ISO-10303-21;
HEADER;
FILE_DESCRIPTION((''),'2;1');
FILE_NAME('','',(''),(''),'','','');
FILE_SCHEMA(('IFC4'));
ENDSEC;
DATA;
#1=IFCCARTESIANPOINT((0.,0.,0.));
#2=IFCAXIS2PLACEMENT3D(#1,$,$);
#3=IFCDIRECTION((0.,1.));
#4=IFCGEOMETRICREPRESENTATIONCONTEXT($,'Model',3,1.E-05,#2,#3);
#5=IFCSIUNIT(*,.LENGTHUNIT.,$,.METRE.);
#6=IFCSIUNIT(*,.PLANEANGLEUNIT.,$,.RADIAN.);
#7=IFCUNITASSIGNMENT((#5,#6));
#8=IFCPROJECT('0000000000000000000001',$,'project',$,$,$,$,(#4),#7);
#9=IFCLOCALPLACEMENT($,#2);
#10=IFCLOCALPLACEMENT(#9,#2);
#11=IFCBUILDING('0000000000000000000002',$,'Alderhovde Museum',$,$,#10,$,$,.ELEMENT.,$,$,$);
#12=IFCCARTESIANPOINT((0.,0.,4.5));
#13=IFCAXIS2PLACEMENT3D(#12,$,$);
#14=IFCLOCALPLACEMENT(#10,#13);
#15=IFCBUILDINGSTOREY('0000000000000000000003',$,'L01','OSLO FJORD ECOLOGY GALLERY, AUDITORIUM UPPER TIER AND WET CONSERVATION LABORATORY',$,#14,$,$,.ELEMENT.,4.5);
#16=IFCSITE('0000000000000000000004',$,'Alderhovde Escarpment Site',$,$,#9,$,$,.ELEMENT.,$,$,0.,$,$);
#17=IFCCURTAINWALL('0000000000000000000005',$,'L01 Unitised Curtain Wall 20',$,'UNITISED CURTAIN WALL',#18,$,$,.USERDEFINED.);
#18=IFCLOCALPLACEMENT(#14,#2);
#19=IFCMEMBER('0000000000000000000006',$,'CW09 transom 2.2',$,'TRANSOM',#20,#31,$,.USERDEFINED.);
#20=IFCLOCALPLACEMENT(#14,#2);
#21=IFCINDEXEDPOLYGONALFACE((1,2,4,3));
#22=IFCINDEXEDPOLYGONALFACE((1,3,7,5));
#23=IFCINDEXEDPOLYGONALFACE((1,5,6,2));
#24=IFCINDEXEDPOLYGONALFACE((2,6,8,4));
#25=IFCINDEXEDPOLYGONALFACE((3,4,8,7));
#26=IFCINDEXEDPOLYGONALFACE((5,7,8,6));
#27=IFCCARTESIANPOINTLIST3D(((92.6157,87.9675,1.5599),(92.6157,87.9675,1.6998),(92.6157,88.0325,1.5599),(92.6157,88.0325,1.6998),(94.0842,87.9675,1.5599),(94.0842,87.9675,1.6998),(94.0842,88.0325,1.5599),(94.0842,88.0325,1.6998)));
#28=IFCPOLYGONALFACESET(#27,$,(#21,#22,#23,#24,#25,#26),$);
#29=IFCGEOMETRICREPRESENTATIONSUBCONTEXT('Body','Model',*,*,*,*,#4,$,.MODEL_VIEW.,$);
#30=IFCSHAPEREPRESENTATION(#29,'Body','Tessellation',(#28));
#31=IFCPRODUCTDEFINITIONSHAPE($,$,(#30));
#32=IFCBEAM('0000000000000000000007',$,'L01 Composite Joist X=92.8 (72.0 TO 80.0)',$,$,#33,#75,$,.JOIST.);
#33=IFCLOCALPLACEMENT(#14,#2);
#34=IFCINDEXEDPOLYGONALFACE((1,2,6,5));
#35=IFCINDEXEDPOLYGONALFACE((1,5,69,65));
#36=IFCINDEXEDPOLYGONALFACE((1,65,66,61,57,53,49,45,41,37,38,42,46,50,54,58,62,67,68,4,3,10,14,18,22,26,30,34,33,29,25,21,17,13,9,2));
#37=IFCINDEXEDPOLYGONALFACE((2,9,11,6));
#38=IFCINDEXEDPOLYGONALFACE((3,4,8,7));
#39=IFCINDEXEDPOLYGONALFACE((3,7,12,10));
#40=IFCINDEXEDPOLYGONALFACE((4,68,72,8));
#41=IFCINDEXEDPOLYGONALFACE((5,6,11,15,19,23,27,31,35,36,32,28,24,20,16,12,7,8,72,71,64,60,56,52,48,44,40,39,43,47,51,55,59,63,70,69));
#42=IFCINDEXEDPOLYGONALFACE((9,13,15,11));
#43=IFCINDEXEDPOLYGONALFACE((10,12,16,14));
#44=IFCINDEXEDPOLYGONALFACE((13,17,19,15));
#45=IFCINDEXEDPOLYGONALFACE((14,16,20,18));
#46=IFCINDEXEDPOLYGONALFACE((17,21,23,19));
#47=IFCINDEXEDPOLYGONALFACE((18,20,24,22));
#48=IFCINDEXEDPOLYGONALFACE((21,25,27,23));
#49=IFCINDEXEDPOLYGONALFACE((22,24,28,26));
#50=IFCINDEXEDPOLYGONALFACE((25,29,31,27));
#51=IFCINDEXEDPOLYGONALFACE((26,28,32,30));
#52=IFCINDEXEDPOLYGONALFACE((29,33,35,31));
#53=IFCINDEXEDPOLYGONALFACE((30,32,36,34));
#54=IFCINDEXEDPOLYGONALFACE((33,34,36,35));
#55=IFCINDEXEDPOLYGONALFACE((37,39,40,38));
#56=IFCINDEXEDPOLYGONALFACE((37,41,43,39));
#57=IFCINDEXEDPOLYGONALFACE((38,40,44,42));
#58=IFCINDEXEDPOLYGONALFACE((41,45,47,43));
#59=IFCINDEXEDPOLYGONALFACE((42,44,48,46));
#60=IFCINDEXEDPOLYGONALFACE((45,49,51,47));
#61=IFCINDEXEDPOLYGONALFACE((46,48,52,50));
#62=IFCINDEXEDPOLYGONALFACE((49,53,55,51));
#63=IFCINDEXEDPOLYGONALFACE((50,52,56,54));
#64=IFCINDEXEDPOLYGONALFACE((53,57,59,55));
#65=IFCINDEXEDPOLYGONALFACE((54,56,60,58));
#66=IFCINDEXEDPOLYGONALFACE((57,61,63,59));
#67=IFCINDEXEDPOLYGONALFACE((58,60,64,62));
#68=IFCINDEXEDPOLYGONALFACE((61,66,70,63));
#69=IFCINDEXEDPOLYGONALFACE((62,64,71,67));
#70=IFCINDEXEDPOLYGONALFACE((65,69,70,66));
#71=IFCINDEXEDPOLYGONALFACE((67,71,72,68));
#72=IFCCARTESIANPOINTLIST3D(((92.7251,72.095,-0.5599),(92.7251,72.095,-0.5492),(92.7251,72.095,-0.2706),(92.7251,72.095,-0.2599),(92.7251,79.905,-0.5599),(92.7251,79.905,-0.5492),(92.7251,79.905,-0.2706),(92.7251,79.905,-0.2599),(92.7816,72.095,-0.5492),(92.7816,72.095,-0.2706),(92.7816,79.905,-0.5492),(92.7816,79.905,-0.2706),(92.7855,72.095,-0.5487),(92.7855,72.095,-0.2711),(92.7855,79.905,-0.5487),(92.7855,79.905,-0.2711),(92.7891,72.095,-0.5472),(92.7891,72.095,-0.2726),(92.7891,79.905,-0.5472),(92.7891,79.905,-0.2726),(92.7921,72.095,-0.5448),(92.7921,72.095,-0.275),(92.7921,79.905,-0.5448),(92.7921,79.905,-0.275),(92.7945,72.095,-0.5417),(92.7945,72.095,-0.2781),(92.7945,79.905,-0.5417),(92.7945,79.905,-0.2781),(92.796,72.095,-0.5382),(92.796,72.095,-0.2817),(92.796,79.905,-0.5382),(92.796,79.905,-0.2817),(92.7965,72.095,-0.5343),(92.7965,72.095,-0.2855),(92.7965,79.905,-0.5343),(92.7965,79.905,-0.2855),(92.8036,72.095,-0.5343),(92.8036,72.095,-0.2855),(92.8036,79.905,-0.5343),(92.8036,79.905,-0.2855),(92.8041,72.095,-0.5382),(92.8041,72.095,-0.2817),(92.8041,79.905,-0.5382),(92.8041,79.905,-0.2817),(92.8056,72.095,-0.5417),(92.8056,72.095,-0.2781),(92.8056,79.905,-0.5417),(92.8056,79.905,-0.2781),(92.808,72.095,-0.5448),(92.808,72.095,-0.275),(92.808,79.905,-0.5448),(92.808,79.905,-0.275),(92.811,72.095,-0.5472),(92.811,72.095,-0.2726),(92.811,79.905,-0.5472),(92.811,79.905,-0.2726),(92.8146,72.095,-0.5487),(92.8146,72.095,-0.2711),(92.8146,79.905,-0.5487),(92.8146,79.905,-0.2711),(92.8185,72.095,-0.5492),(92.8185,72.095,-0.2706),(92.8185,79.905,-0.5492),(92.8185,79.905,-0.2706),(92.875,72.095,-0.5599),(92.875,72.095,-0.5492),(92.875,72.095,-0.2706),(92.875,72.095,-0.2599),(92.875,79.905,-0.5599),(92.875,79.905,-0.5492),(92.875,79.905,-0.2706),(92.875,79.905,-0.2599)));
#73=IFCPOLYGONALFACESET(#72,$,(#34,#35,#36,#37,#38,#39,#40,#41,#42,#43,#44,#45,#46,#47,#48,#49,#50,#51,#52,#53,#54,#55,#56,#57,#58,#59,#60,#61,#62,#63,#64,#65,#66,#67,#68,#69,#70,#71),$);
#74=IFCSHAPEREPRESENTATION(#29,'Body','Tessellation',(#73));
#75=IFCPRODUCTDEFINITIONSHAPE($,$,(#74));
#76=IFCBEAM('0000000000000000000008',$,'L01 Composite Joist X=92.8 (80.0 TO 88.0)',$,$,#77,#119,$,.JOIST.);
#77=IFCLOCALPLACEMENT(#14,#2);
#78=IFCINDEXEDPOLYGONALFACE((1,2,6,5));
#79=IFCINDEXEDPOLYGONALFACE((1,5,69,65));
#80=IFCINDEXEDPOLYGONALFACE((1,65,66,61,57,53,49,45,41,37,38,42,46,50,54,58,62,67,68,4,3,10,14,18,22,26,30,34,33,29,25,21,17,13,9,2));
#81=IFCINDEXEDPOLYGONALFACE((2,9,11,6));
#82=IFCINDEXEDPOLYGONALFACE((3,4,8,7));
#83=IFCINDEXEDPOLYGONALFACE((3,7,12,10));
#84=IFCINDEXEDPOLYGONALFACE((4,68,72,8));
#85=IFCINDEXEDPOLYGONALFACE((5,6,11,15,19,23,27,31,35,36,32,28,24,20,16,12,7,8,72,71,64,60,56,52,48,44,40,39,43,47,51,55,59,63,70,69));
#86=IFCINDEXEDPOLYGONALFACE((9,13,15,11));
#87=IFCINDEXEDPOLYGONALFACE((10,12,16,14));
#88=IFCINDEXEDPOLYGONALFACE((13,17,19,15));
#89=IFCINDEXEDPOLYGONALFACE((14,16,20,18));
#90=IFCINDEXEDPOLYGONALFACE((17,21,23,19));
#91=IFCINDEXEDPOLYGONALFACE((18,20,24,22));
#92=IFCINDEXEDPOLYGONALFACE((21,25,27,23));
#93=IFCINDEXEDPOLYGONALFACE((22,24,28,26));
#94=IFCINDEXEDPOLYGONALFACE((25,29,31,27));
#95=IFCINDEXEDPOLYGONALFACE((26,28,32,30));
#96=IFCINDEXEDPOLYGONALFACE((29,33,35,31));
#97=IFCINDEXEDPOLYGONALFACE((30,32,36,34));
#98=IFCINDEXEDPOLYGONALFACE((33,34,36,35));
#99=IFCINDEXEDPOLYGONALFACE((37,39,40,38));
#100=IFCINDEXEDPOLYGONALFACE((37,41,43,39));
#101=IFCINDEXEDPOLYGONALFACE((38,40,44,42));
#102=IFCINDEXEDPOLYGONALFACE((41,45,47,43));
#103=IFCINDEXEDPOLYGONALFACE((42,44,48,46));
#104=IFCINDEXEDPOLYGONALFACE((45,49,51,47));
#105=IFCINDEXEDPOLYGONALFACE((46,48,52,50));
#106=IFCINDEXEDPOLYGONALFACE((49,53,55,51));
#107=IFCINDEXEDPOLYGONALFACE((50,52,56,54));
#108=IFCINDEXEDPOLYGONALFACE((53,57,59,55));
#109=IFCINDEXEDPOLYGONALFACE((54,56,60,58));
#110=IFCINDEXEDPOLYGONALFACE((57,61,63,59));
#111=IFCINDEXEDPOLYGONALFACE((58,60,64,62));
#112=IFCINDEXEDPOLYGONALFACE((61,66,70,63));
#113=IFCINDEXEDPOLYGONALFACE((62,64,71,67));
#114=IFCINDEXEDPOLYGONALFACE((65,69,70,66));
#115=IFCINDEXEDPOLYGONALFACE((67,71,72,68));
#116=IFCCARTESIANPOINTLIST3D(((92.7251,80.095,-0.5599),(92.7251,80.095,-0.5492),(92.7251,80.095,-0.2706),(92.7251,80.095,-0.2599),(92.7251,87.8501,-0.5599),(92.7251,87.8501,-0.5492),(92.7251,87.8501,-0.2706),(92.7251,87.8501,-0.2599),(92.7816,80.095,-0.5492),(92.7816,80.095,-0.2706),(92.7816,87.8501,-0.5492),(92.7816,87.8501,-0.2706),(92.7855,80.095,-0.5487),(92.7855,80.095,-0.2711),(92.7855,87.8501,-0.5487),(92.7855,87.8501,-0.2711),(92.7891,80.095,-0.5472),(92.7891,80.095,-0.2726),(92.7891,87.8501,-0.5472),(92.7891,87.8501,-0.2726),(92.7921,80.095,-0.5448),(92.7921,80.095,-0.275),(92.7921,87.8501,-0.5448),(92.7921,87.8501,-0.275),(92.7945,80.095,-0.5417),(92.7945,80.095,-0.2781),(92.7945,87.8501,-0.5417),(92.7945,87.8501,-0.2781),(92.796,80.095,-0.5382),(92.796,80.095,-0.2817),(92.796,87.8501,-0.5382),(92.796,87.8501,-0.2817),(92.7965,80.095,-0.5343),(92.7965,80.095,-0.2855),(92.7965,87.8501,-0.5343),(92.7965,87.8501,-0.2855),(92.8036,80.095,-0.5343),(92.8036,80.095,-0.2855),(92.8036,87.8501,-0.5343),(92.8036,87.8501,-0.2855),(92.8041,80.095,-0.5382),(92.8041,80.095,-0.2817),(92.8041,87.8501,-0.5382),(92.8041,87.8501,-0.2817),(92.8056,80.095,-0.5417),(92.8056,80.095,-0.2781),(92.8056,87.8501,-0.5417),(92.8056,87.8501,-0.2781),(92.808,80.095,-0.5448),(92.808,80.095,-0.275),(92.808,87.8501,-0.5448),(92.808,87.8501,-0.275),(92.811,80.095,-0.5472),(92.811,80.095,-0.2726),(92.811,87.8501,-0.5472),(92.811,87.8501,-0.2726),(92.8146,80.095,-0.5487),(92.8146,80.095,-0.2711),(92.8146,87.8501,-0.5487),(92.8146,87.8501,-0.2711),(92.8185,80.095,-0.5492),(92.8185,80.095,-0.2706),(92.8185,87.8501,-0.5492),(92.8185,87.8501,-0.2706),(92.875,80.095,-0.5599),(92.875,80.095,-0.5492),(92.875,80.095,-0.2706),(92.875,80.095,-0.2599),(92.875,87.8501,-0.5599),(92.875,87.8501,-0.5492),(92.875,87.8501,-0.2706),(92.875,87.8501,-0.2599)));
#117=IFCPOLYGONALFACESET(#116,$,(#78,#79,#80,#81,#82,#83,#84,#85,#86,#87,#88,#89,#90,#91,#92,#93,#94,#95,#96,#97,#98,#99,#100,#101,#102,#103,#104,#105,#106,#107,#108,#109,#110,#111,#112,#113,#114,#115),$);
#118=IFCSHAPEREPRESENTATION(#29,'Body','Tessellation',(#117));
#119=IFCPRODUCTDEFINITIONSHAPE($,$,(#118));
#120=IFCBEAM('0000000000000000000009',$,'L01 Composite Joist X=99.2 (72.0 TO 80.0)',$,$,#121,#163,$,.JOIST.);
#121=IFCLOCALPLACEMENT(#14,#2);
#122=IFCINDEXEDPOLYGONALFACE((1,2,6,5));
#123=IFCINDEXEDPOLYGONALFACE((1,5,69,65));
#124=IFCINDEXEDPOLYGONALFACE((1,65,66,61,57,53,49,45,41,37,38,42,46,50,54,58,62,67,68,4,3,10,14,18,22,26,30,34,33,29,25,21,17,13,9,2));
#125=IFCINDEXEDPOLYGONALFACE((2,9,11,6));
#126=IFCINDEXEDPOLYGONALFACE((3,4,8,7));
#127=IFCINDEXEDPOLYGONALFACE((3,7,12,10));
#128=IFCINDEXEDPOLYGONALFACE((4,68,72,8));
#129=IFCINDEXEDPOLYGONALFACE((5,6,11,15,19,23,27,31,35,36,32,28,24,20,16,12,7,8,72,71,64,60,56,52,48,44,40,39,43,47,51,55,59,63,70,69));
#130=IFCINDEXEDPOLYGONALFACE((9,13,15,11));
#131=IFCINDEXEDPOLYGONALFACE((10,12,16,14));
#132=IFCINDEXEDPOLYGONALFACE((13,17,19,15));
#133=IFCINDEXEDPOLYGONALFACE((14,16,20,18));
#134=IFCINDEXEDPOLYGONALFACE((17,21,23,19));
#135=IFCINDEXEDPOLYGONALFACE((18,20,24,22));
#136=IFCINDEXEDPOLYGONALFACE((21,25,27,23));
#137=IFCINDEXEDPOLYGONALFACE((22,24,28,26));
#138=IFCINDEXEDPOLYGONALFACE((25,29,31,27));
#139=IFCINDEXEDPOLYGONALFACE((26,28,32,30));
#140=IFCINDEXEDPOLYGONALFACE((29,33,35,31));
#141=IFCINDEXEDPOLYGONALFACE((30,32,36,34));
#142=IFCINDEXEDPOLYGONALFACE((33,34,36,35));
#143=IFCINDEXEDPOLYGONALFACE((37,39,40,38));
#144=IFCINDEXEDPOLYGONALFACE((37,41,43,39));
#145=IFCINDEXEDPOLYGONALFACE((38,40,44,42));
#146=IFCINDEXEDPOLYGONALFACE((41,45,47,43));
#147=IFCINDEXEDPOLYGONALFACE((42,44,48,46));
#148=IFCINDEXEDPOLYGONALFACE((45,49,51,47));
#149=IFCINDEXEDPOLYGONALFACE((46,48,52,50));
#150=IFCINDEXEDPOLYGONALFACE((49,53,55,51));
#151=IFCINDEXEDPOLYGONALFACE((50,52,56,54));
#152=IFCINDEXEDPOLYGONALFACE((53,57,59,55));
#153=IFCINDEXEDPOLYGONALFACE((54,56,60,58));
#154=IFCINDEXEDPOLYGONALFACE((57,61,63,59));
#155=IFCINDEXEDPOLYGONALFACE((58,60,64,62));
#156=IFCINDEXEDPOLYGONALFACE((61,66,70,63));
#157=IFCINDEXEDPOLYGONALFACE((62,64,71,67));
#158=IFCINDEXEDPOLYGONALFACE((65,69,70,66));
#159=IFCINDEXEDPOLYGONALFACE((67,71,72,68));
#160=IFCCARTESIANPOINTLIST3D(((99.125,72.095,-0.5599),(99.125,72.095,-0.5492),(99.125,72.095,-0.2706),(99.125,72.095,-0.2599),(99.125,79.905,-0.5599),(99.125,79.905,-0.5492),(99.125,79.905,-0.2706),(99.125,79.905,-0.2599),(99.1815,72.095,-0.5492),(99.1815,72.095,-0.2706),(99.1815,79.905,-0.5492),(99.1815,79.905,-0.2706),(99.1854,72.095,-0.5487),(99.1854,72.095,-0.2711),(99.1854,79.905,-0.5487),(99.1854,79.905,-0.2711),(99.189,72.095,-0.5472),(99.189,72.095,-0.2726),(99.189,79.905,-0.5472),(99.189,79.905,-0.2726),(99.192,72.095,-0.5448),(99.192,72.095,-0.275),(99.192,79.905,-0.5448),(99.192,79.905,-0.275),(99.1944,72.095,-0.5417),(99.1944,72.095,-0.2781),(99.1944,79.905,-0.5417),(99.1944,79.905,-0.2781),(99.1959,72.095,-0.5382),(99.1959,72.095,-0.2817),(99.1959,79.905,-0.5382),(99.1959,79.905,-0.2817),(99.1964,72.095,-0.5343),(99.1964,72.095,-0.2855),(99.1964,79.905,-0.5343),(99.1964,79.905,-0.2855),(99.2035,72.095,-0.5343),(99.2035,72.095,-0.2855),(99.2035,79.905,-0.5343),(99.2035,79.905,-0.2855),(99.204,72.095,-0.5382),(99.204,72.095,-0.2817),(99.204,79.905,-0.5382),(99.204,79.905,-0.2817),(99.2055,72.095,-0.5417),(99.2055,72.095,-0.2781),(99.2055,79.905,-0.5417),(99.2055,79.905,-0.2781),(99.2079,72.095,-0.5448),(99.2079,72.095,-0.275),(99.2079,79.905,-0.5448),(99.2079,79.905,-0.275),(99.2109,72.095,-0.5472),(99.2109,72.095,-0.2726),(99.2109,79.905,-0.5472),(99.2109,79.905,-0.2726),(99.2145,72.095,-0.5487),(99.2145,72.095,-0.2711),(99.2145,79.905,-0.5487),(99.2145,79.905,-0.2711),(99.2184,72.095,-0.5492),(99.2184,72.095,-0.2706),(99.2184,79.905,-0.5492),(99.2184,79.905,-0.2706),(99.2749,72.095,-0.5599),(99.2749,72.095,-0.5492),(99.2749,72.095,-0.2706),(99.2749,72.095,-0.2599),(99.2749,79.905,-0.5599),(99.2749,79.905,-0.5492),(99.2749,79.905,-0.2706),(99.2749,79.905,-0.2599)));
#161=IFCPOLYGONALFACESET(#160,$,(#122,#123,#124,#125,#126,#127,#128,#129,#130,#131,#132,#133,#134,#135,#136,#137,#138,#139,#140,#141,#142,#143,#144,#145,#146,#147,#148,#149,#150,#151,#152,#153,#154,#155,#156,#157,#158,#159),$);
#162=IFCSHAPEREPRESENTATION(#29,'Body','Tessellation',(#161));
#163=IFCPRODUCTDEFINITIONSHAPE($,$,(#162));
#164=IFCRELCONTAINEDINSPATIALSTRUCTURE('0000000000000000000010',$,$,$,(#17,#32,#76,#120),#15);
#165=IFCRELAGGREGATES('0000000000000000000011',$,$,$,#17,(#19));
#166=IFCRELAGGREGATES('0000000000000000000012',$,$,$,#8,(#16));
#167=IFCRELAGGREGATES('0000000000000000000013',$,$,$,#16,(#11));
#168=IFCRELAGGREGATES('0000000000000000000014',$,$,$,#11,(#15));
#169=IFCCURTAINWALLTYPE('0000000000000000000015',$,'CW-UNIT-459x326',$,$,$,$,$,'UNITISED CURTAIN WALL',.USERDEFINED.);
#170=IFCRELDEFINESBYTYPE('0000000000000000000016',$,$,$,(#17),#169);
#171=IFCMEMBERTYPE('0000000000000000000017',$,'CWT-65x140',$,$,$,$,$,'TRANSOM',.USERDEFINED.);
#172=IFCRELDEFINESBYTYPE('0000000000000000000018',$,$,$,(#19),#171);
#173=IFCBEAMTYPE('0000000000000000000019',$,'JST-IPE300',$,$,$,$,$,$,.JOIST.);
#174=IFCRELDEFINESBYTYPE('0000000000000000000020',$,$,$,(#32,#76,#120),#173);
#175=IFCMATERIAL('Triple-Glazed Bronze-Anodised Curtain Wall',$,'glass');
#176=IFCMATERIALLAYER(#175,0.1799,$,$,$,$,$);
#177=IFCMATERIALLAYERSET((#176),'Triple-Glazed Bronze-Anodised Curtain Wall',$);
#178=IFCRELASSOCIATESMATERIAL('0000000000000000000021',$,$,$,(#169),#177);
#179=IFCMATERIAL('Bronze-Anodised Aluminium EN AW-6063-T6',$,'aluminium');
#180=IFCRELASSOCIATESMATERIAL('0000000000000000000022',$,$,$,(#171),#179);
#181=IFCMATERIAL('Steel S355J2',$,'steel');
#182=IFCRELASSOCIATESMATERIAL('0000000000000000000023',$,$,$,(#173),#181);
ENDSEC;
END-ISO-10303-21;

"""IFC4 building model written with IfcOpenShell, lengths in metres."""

from ifc_helpers import new_model, si_unit, direction, frame, origin, origin_2d, place, context, subcontext, project, spatial, rectangle, i_section, extrude, material, layer, layer_set, material_profile, profile_set, type_object, element, aggregate, save


model = new_model("IFC4")

# Units and contexts
model_context = context("Model", 3, precision=1e-05, world=origin(), true_north=direction((0.0, 1.0)))
body_context = subcontext(model_context, "Body", "Model", "MODEL_VIEW")
ifc_project = project(units=[si_unit("LENGTHUNIT", "METRE"), si_unit("PLANEANGLEUNIT", "RADIAN")], contexts=[model_context])

# Site, building, storey
site_placement = place(None, origin())
site = spatial("IfcSite", under=ifc_project, at=site_placement, Name="Alderhovde Escarpment Site", CompositionType="ELEMENT", RefElevation=0.0)
building_placement = place(site_placement, origin())
building = spatial("IfcBuilding", under=site, at=building_placement, Name="Alderhovde Museum", CompositionType="ELEMENT")
storey_placement = place(building_placement, frame((0.0, 0.0, 4.5)))
storey = spatial("IfcBuildingStorey", under=building, at=storey_placement, Name="L01", Description="OSLO FJORD ECOLOGY GALLERY, AUDITORIUM UPPER TIER AND WET CONSERVATION LABORATORY", CompositionType="ELEMENT", Elevation=4.5)

# Curtain wall, member
ifc_material_1 = material(Name="Triple-Glazed Bronze-Anodised Curtain Wall", Category="glass")
ifc_layer_1 = layer(ifc_material_1, 0.1799)
ifc_layer_set_1 = layer_set([ifc_layer_1], Name="Triple-Glazed Bronze-Anodised Curtain Wall")
curtain_wall_type = type_object("IfcCurtainWallType", Name="CW-UNIT-459x326", ElementType="UNITISED CURTAIN WALL", PredefinedType="USERDEFINED", material=ifc_layer_set_1)
curtain_wall_placement = place(storey_placement, origin())
curtain_wall = element("IfcCurtainWall", 1, at=curtain_wall_placement, inside=storey, type_object=curtain_wall_type, Name="L01 Unitised Curtain Wall 20", ObjectType="UNITISED CURTAIN WALL", PredefinedType="USERDEFINED")
ifc_material_2 = material(Name="Bronze-Anodised Aluminium EN AW-6063-T6", Category="aluminium")
ifc_material_profile_1 = material_profile(ifc_material_2, rectangle(XDim=0.0649, YDim=0.1399, at=origin_2d()), Name="TRANSOM 65x140")
ifc_profile_set_1 = profile_set([ifc_material_profile_1], Name="Bronze-Anodised Aluminium EN AW-6063-T6")
member_type = type_object("IfcMemberType", Name="CWT-65x140", ElementType="TRANSOM", PredefinedType="USERDEFINED", material=ifc_profile_set_1)
member_placement = place(storey_placement, frame((92.6157, 88.0, 1.6299), z_axis=(1.0, 0.0, 0.0), x_axis=(0.0, 1.0, 0.0)))
member = element("IfcMember", 2, at=member_placement, type_object=member_type, Name="CW09 transom 2.2", ObjectType="TRANSOM", PredefinedType="USERDEFINED", context=body_context, shape_type="SweptSolid", body=[
    extrude(rectangle(XDim=0.0649, YDim=0.1399, at=origin_2d()), origin(), (0.0, 0.0, 1.0), 1.4685),
])
aggregate(curtain_wall, [member])

# Beams
ifc_material_3 = material(Name="Steel S355J2", Category="steel")
ifc_material_profile_2 = material_profile(ifc_material_3, i_section(OverallWidth=0.1499, OverallDepth=0.3, WebThickness=0.0071, FlangeThickness=0.0107, FilletRadius=0.0149, at=origin_2d()), Name="IPE 300")
ifc_profile_set_2 = profile_set([ifc_material_profile_2], Name="Steel S355J2")
beam_type_1 = type_object("IfcBeamType", Name="JST-IPE300", PredefinedType="JOIST", material=ifc_profile_set_2)
beam_1_placement = place(storey_placement, frame((92.8, 72.095, -0.4099), z_axis=(0.0, 1.0, 0.0), x_axis=(-1.0, 0.0, 0.0)))
element("IfcBeam", 3, at=beam_1_placement, inside=storey, type_object=beam_type_1, Name="L01 Composite Joist X=92.8 (72.0 TO 80.0)", PredefinedType="JOIST", context=body_context, shape_type="SweptSolid", body=[
    extrude(i_section(OverallWidth=0.1499, OverallDepth=0.3, WebThickness=0.0071, FlangeThickness=0.0107, FilletRadius=0.0149, at=origin_2d()), origin(), (0.0, 0.0, 1.0), 7.8101),
])
beam_2_placement = place(storey_placement, frame((92.8, 80.095, -0.4099), z_axis=(0.0, 1.0, 0.0), x_axis=(-1.0, 0.0, 0.0)))
element("IfcBeam", 4, at=beam_2_placement, inside=storey, type_object=beam_type_1, Name="L01 Composite Joist X=92.8 (80.0 TO 88.0)", PredefinedType="JOIST", context=body_context, shape_type="SweptSolid", body=[
    extrude(i_section(OverallWidth=0.1499, OverallDepth=0.3, WebThickness=0.0071, FlangeThickness=0.0107, FilletRadius=0.0149, at=origin_2d()), origin(), (0.0, 0.0, 1.0), 7.7551),
])
for number, where, z_axis, x_axis, name in (
    (5, (99.2, 72.095, -0.4099), (0.0, 1.0, 0.0), (-1.0, 0.0, 0.0), "L01 Composite Joist X=99.2 (72.0 TO 80.0)"),
):
    element("IfcBeam", number, at=place(storey_placement, frame(where, z_axis=z_axis, x_axis=x_axis)), inside=storey, type_object=beam_type_1, Name=name, PredefinedType="JOIST", context=body_context, shape_type="SweptSolid", body=[
        extrude(i_section(OverallWidth=0.1499, OverallDepth=0.3, WebThickness=0.0071, FlangeThickness=0.0107, FilletRadius=0.0149, at=origin_2d()), origin(), (0.0, 0.0, 1.0), 7.8101),
    ])

save(model, "model.ifc")
